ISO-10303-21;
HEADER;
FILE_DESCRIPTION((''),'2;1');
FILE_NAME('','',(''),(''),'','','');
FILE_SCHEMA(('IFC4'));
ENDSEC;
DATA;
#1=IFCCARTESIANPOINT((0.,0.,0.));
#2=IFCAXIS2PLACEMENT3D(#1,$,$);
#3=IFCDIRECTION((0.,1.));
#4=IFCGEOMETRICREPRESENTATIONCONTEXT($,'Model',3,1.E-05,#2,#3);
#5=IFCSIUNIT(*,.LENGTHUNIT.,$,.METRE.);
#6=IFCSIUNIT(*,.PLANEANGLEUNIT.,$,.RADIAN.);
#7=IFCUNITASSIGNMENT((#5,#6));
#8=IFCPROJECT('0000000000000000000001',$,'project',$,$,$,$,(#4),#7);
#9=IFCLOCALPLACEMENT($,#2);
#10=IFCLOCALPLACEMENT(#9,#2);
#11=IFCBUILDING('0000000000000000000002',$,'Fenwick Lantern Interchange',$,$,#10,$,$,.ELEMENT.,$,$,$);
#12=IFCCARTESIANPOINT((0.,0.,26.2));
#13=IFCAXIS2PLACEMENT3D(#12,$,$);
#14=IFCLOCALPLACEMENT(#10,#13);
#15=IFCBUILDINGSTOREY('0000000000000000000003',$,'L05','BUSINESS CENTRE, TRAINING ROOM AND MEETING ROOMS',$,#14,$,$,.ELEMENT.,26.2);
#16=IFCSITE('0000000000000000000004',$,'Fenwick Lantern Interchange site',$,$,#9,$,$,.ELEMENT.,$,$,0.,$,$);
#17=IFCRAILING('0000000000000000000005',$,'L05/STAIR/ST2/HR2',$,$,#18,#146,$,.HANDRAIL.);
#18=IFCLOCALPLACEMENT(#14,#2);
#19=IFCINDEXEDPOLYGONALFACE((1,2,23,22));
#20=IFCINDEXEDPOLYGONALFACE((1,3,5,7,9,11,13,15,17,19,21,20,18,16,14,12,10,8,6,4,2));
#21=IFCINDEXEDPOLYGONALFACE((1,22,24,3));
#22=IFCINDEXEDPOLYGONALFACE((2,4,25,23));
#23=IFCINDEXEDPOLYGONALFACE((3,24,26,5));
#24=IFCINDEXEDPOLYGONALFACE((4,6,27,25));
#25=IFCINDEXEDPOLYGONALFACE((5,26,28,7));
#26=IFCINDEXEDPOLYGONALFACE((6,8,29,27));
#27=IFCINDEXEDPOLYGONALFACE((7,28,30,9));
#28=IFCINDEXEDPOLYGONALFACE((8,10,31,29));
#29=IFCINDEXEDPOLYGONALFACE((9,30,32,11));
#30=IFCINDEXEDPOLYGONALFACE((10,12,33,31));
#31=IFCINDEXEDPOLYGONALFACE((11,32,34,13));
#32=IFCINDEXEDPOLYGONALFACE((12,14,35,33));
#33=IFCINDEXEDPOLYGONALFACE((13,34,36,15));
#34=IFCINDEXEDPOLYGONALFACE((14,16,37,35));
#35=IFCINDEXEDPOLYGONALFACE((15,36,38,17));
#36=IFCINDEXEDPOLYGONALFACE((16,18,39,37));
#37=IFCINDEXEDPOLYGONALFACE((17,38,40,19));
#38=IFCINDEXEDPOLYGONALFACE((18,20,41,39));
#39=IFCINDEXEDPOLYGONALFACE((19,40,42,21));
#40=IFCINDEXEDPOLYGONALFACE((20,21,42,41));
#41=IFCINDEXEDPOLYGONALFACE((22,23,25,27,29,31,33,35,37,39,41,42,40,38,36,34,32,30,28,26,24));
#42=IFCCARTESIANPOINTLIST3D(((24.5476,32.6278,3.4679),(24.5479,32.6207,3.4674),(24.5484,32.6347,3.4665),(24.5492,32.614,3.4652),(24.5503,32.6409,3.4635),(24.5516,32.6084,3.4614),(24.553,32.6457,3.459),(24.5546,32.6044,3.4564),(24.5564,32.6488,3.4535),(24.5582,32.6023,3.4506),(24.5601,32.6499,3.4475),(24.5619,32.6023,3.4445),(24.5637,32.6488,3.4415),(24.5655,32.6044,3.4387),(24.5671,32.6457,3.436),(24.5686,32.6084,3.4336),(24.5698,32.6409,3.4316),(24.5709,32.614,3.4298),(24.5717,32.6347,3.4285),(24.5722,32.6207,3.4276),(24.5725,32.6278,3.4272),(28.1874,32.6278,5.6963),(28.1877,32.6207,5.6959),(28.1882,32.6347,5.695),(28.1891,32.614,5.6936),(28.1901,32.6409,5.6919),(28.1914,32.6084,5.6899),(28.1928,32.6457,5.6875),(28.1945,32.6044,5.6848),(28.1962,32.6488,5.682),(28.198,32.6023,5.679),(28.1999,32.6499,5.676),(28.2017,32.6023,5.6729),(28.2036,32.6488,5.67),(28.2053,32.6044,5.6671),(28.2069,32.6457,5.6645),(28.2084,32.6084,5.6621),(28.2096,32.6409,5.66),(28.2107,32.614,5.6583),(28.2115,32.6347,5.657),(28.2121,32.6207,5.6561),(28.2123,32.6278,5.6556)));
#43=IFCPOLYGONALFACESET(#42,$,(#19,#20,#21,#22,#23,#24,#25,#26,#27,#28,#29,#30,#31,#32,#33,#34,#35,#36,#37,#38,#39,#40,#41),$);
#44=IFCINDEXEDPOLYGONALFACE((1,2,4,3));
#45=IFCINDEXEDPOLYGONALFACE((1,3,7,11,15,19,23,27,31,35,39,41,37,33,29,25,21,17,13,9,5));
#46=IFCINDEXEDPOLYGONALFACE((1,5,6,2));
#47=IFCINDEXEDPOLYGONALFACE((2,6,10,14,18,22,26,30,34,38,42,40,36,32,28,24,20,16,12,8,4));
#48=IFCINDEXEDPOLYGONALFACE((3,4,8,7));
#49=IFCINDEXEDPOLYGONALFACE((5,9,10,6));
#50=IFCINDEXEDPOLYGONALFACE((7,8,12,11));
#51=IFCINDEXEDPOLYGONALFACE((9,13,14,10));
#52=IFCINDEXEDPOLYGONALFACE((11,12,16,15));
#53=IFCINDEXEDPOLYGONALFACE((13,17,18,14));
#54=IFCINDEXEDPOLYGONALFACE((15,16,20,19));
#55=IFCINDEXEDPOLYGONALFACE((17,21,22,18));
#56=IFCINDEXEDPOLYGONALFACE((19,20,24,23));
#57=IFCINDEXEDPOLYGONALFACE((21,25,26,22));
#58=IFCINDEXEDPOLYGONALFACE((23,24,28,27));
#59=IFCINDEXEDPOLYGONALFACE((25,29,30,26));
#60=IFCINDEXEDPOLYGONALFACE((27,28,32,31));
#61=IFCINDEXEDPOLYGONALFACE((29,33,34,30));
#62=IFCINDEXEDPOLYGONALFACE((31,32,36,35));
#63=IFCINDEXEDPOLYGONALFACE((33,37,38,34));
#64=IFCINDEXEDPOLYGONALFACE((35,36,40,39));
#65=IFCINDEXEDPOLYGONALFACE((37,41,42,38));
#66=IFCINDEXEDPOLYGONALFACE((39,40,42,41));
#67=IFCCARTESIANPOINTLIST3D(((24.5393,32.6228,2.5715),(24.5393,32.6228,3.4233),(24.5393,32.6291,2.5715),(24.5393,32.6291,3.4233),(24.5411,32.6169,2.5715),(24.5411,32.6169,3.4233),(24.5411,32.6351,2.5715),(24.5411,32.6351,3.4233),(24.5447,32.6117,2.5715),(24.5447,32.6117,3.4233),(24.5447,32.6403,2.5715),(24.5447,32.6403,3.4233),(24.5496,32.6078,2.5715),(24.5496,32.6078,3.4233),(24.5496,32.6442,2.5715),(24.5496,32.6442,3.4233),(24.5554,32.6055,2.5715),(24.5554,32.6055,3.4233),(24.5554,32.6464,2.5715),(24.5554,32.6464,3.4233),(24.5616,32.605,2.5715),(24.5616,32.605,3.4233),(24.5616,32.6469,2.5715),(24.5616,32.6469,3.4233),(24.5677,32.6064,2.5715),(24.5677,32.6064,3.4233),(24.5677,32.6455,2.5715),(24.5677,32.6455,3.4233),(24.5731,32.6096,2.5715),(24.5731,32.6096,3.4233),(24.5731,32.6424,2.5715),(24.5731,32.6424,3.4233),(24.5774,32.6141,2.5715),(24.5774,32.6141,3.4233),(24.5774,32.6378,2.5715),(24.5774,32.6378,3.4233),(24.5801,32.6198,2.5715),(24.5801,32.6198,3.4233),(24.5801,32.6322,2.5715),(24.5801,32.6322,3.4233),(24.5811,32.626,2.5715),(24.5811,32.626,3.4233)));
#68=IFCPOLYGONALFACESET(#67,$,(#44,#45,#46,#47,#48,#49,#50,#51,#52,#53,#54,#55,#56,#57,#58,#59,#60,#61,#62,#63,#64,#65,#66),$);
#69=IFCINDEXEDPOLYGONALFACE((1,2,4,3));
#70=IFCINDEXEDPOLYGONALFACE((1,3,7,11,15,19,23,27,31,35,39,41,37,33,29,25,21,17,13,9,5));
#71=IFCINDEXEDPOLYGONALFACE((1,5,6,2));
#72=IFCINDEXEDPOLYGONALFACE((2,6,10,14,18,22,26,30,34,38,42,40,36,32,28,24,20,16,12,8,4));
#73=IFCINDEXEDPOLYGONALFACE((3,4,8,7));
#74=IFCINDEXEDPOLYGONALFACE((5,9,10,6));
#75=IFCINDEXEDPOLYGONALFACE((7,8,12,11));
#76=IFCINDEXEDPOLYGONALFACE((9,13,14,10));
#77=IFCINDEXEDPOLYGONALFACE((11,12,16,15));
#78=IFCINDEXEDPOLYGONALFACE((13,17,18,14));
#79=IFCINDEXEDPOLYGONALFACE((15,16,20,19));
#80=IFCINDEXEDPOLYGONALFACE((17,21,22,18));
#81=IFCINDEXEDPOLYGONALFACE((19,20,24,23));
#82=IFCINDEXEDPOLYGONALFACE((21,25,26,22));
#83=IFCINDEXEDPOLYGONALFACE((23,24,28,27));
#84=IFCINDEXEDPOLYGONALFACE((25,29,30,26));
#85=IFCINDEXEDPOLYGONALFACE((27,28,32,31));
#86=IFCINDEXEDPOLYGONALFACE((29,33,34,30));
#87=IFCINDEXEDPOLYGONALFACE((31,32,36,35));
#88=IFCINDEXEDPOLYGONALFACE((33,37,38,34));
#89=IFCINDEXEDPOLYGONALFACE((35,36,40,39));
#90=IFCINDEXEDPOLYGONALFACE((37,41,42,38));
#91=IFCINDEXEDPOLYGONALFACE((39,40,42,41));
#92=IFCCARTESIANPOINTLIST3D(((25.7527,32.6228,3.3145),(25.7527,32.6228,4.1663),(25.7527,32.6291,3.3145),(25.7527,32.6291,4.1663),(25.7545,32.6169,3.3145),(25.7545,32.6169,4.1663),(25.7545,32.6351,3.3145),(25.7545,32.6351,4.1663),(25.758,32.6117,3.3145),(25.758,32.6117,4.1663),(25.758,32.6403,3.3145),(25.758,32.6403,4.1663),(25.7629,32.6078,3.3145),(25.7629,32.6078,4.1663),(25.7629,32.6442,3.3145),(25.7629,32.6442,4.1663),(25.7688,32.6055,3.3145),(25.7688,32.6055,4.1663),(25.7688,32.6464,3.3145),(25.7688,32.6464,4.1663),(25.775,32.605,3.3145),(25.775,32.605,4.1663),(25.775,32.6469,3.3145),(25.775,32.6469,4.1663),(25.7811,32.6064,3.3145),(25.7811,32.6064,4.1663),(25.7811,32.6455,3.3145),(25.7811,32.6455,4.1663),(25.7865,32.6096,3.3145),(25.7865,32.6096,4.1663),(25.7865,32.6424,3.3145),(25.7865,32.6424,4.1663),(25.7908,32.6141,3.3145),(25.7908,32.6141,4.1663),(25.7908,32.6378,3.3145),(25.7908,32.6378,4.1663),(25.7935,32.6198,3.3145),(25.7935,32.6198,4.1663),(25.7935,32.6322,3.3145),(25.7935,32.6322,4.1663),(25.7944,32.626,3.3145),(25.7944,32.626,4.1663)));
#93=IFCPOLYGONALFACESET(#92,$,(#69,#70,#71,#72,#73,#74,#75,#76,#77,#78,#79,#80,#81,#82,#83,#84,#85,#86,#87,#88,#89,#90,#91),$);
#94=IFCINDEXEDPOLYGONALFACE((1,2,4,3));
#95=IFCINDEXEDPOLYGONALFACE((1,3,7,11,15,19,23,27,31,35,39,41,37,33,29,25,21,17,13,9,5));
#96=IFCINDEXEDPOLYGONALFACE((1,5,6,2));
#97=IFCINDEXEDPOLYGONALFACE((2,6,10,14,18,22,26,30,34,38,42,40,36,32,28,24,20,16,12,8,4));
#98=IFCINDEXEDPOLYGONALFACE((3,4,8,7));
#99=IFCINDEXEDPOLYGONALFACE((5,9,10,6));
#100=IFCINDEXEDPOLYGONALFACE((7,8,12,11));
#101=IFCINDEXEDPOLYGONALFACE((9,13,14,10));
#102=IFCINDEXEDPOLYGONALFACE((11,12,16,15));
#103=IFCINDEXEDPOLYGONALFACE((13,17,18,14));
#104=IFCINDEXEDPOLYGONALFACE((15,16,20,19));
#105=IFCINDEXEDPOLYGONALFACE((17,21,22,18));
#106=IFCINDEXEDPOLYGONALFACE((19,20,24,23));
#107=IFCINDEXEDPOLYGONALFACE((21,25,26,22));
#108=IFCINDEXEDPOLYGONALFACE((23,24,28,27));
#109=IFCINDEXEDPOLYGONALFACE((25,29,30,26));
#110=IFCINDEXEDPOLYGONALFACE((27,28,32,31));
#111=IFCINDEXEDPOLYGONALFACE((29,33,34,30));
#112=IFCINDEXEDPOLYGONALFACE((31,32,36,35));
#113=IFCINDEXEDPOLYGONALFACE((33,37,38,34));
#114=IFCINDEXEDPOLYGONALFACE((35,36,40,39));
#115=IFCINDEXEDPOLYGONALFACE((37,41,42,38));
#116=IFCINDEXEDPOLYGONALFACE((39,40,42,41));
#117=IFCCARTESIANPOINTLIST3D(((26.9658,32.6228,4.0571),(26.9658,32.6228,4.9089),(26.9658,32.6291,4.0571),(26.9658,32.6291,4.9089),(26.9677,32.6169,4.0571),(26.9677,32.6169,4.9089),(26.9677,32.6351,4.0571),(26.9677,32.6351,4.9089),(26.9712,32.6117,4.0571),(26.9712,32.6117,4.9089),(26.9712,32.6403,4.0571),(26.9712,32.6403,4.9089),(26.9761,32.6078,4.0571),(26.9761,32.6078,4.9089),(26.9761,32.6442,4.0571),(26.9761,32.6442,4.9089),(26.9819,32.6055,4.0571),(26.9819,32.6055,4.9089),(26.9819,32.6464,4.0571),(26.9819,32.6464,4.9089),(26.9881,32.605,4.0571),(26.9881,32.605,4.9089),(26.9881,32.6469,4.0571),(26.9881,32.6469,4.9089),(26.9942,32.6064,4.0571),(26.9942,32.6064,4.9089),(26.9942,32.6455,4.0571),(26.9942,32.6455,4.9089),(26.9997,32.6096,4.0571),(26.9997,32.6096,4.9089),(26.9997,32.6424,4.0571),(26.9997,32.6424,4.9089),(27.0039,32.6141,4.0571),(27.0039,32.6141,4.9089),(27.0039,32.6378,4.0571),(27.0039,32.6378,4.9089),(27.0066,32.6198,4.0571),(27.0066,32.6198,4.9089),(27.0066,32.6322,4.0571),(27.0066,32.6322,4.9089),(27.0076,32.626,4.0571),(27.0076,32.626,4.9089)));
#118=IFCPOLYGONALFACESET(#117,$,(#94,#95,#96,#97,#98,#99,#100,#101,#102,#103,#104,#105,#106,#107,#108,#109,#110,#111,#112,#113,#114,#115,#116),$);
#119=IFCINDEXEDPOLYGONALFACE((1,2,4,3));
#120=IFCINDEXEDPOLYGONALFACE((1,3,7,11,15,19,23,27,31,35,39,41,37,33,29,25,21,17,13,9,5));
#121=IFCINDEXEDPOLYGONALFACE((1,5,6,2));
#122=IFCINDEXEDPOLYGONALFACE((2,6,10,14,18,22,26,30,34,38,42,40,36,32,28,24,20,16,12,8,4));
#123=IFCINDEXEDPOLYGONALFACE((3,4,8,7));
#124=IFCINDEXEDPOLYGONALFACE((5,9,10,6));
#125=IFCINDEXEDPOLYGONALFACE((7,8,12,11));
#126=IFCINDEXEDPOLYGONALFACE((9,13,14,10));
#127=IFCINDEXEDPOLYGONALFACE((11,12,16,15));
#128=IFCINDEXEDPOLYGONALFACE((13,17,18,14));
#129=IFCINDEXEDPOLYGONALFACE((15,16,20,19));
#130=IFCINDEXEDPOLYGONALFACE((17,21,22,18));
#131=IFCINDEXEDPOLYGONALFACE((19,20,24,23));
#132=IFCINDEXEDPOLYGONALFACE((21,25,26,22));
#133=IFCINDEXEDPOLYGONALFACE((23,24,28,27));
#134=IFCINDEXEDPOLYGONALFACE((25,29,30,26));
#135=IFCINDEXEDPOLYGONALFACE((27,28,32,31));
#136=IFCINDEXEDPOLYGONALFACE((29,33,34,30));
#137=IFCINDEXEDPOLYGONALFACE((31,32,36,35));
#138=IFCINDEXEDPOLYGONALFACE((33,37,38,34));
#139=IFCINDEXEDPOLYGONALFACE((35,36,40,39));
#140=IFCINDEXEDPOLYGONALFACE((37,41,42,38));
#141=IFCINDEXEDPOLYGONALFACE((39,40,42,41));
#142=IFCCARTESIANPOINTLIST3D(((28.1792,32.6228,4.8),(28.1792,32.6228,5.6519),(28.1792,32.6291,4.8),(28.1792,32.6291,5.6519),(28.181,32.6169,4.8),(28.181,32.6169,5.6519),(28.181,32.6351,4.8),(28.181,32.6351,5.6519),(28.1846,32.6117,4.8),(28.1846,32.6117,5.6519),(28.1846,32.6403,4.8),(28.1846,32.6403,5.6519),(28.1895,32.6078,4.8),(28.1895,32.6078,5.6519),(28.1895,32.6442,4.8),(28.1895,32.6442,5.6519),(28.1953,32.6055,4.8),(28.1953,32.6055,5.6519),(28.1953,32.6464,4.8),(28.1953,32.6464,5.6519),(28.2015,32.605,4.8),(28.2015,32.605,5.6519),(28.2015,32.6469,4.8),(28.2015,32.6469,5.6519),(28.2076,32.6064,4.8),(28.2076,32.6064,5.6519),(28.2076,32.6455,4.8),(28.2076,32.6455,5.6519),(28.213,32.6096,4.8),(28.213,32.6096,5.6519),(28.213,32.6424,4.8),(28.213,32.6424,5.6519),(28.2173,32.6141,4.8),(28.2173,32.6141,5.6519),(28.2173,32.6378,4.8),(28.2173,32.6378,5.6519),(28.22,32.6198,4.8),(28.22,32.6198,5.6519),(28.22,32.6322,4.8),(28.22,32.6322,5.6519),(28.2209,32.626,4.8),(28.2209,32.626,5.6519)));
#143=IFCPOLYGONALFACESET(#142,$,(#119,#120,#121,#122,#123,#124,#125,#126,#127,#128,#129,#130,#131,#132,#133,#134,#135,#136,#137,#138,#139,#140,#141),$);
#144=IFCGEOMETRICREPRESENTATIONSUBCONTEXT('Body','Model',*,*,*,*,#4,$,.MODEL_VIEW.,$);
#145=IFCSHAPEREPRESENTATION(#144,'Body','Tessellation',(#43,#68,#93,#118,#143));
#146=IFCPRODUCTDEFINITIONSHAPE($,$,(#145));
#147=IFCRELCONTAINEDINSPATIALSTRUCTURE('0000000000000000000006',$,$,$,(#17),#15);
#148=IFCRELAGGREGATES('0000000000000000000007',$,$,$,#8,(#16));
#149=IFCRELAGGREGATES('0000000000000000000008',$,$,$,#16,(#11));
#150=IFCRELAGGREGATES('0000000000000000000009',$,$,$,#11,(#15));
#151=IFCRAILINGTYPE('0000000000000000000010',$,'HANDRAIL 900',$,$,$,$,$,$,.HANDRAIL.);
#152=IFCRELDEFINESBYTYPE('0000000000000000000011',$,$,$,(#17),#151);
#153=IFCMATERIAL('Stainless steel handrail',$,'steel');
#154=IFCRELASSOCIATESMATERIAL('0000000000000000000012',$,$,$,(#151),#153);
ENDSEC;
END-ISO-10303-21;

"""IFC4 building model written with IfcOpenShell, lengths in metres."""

from ifc_helpers import new_model, si_unit, direction, frame, origin, origin_2d, place, context, subcontext, project, spatial, circle, extrude, material, type_object, element, save


model = new_model("IFC4")

# Units and contexts
model_context = context("Model", 3, precision=1e-05, world=origin(), true_north=direction((0.0, 1.0)))
body_context = subcontext(model_context, "Body", "Model", "MODEL_VIEW")
ifc_project = project(units=[si_unit("LENGTHUNIT", "METRE"), si_unit("PLANEANGLEUNIT", "RADIAN")], contexts=[model_context])

# Site, building, storey
site_placement = place(None, origin())
site = spatial("IfcSite", under=ifc_project, at=site_placement, Name="Fenwick Lantern Interchange site", CompositionType="ELEMENT", RefElevation=0.0)
building_placement = place(site_placement, origin())
building = spatial("IfcBuilding", under=site, at=building_placement, Name="Fenwick Lantern Interchange", CompositionType="ELEMENT")
storey_placement = place(building_placement, frame((0.0, 0.0, 26.2)))
storey = spatial("IfcBuildingStorey", under=building, at=storey_placement, Name="L05", Description="BUSINESS CENTRE, TRAINING ROOM AND MEETING ROOMS", CompositionType="ELEMENT", Elevation=26.2)

# Railing
ifc_material_1 = material(Name="Stainless steel handrail", Category="steel")
railing_type = type_object("IfcRailingType", Name="HANDRAIL 900", PredefinedType="HANDRAIL", material=ifc_material_1)
railing_placement = place(storey_placement, frame((24.5601, 32.626, 2.5715)))
element("IfcRailing", 1, at=railing_placement, inside=storey, type_object=railing_type, Name="L05/STAIR/ST2/HR2", PredefinedType="HANDRAIL", context=body_context, shape_type="SweptSolid", body=[
    extrude(circle(Radius=0.0239, at=origin_2d()), frame((0.0, 0.0, 0.876), z_axis=(0.85285, 0.0, 0.522156), x_axis=(0.0, 1.0, 0.0)), (0.0, 0.0, 1.0), 4.2678),
    extrude(circle(Radius=0.021, at=origin_2d()), origin(), (0.0, 0.0, 1.0), 0.8518),
    extrude(circle(Radius=0.021, at=origin_2d()), frame((1.2134, 0.0, 0.7429)), (0.0, 0.0, 1.0), 0.8518),
    extrude(circle(Radius=0.021, at=origin_2d()), frame((2.4265, 0.0, 1.4856)), (0.0, 0.0, 1.0), 0.8518),
    extrude(circle(Radius=0.021, at=origin_2d()), frame((3.6399, 0.0, 2.2285)), (0.0, 0.0, 1.0), 0.8518),
])

save(model, "model.ifc")
